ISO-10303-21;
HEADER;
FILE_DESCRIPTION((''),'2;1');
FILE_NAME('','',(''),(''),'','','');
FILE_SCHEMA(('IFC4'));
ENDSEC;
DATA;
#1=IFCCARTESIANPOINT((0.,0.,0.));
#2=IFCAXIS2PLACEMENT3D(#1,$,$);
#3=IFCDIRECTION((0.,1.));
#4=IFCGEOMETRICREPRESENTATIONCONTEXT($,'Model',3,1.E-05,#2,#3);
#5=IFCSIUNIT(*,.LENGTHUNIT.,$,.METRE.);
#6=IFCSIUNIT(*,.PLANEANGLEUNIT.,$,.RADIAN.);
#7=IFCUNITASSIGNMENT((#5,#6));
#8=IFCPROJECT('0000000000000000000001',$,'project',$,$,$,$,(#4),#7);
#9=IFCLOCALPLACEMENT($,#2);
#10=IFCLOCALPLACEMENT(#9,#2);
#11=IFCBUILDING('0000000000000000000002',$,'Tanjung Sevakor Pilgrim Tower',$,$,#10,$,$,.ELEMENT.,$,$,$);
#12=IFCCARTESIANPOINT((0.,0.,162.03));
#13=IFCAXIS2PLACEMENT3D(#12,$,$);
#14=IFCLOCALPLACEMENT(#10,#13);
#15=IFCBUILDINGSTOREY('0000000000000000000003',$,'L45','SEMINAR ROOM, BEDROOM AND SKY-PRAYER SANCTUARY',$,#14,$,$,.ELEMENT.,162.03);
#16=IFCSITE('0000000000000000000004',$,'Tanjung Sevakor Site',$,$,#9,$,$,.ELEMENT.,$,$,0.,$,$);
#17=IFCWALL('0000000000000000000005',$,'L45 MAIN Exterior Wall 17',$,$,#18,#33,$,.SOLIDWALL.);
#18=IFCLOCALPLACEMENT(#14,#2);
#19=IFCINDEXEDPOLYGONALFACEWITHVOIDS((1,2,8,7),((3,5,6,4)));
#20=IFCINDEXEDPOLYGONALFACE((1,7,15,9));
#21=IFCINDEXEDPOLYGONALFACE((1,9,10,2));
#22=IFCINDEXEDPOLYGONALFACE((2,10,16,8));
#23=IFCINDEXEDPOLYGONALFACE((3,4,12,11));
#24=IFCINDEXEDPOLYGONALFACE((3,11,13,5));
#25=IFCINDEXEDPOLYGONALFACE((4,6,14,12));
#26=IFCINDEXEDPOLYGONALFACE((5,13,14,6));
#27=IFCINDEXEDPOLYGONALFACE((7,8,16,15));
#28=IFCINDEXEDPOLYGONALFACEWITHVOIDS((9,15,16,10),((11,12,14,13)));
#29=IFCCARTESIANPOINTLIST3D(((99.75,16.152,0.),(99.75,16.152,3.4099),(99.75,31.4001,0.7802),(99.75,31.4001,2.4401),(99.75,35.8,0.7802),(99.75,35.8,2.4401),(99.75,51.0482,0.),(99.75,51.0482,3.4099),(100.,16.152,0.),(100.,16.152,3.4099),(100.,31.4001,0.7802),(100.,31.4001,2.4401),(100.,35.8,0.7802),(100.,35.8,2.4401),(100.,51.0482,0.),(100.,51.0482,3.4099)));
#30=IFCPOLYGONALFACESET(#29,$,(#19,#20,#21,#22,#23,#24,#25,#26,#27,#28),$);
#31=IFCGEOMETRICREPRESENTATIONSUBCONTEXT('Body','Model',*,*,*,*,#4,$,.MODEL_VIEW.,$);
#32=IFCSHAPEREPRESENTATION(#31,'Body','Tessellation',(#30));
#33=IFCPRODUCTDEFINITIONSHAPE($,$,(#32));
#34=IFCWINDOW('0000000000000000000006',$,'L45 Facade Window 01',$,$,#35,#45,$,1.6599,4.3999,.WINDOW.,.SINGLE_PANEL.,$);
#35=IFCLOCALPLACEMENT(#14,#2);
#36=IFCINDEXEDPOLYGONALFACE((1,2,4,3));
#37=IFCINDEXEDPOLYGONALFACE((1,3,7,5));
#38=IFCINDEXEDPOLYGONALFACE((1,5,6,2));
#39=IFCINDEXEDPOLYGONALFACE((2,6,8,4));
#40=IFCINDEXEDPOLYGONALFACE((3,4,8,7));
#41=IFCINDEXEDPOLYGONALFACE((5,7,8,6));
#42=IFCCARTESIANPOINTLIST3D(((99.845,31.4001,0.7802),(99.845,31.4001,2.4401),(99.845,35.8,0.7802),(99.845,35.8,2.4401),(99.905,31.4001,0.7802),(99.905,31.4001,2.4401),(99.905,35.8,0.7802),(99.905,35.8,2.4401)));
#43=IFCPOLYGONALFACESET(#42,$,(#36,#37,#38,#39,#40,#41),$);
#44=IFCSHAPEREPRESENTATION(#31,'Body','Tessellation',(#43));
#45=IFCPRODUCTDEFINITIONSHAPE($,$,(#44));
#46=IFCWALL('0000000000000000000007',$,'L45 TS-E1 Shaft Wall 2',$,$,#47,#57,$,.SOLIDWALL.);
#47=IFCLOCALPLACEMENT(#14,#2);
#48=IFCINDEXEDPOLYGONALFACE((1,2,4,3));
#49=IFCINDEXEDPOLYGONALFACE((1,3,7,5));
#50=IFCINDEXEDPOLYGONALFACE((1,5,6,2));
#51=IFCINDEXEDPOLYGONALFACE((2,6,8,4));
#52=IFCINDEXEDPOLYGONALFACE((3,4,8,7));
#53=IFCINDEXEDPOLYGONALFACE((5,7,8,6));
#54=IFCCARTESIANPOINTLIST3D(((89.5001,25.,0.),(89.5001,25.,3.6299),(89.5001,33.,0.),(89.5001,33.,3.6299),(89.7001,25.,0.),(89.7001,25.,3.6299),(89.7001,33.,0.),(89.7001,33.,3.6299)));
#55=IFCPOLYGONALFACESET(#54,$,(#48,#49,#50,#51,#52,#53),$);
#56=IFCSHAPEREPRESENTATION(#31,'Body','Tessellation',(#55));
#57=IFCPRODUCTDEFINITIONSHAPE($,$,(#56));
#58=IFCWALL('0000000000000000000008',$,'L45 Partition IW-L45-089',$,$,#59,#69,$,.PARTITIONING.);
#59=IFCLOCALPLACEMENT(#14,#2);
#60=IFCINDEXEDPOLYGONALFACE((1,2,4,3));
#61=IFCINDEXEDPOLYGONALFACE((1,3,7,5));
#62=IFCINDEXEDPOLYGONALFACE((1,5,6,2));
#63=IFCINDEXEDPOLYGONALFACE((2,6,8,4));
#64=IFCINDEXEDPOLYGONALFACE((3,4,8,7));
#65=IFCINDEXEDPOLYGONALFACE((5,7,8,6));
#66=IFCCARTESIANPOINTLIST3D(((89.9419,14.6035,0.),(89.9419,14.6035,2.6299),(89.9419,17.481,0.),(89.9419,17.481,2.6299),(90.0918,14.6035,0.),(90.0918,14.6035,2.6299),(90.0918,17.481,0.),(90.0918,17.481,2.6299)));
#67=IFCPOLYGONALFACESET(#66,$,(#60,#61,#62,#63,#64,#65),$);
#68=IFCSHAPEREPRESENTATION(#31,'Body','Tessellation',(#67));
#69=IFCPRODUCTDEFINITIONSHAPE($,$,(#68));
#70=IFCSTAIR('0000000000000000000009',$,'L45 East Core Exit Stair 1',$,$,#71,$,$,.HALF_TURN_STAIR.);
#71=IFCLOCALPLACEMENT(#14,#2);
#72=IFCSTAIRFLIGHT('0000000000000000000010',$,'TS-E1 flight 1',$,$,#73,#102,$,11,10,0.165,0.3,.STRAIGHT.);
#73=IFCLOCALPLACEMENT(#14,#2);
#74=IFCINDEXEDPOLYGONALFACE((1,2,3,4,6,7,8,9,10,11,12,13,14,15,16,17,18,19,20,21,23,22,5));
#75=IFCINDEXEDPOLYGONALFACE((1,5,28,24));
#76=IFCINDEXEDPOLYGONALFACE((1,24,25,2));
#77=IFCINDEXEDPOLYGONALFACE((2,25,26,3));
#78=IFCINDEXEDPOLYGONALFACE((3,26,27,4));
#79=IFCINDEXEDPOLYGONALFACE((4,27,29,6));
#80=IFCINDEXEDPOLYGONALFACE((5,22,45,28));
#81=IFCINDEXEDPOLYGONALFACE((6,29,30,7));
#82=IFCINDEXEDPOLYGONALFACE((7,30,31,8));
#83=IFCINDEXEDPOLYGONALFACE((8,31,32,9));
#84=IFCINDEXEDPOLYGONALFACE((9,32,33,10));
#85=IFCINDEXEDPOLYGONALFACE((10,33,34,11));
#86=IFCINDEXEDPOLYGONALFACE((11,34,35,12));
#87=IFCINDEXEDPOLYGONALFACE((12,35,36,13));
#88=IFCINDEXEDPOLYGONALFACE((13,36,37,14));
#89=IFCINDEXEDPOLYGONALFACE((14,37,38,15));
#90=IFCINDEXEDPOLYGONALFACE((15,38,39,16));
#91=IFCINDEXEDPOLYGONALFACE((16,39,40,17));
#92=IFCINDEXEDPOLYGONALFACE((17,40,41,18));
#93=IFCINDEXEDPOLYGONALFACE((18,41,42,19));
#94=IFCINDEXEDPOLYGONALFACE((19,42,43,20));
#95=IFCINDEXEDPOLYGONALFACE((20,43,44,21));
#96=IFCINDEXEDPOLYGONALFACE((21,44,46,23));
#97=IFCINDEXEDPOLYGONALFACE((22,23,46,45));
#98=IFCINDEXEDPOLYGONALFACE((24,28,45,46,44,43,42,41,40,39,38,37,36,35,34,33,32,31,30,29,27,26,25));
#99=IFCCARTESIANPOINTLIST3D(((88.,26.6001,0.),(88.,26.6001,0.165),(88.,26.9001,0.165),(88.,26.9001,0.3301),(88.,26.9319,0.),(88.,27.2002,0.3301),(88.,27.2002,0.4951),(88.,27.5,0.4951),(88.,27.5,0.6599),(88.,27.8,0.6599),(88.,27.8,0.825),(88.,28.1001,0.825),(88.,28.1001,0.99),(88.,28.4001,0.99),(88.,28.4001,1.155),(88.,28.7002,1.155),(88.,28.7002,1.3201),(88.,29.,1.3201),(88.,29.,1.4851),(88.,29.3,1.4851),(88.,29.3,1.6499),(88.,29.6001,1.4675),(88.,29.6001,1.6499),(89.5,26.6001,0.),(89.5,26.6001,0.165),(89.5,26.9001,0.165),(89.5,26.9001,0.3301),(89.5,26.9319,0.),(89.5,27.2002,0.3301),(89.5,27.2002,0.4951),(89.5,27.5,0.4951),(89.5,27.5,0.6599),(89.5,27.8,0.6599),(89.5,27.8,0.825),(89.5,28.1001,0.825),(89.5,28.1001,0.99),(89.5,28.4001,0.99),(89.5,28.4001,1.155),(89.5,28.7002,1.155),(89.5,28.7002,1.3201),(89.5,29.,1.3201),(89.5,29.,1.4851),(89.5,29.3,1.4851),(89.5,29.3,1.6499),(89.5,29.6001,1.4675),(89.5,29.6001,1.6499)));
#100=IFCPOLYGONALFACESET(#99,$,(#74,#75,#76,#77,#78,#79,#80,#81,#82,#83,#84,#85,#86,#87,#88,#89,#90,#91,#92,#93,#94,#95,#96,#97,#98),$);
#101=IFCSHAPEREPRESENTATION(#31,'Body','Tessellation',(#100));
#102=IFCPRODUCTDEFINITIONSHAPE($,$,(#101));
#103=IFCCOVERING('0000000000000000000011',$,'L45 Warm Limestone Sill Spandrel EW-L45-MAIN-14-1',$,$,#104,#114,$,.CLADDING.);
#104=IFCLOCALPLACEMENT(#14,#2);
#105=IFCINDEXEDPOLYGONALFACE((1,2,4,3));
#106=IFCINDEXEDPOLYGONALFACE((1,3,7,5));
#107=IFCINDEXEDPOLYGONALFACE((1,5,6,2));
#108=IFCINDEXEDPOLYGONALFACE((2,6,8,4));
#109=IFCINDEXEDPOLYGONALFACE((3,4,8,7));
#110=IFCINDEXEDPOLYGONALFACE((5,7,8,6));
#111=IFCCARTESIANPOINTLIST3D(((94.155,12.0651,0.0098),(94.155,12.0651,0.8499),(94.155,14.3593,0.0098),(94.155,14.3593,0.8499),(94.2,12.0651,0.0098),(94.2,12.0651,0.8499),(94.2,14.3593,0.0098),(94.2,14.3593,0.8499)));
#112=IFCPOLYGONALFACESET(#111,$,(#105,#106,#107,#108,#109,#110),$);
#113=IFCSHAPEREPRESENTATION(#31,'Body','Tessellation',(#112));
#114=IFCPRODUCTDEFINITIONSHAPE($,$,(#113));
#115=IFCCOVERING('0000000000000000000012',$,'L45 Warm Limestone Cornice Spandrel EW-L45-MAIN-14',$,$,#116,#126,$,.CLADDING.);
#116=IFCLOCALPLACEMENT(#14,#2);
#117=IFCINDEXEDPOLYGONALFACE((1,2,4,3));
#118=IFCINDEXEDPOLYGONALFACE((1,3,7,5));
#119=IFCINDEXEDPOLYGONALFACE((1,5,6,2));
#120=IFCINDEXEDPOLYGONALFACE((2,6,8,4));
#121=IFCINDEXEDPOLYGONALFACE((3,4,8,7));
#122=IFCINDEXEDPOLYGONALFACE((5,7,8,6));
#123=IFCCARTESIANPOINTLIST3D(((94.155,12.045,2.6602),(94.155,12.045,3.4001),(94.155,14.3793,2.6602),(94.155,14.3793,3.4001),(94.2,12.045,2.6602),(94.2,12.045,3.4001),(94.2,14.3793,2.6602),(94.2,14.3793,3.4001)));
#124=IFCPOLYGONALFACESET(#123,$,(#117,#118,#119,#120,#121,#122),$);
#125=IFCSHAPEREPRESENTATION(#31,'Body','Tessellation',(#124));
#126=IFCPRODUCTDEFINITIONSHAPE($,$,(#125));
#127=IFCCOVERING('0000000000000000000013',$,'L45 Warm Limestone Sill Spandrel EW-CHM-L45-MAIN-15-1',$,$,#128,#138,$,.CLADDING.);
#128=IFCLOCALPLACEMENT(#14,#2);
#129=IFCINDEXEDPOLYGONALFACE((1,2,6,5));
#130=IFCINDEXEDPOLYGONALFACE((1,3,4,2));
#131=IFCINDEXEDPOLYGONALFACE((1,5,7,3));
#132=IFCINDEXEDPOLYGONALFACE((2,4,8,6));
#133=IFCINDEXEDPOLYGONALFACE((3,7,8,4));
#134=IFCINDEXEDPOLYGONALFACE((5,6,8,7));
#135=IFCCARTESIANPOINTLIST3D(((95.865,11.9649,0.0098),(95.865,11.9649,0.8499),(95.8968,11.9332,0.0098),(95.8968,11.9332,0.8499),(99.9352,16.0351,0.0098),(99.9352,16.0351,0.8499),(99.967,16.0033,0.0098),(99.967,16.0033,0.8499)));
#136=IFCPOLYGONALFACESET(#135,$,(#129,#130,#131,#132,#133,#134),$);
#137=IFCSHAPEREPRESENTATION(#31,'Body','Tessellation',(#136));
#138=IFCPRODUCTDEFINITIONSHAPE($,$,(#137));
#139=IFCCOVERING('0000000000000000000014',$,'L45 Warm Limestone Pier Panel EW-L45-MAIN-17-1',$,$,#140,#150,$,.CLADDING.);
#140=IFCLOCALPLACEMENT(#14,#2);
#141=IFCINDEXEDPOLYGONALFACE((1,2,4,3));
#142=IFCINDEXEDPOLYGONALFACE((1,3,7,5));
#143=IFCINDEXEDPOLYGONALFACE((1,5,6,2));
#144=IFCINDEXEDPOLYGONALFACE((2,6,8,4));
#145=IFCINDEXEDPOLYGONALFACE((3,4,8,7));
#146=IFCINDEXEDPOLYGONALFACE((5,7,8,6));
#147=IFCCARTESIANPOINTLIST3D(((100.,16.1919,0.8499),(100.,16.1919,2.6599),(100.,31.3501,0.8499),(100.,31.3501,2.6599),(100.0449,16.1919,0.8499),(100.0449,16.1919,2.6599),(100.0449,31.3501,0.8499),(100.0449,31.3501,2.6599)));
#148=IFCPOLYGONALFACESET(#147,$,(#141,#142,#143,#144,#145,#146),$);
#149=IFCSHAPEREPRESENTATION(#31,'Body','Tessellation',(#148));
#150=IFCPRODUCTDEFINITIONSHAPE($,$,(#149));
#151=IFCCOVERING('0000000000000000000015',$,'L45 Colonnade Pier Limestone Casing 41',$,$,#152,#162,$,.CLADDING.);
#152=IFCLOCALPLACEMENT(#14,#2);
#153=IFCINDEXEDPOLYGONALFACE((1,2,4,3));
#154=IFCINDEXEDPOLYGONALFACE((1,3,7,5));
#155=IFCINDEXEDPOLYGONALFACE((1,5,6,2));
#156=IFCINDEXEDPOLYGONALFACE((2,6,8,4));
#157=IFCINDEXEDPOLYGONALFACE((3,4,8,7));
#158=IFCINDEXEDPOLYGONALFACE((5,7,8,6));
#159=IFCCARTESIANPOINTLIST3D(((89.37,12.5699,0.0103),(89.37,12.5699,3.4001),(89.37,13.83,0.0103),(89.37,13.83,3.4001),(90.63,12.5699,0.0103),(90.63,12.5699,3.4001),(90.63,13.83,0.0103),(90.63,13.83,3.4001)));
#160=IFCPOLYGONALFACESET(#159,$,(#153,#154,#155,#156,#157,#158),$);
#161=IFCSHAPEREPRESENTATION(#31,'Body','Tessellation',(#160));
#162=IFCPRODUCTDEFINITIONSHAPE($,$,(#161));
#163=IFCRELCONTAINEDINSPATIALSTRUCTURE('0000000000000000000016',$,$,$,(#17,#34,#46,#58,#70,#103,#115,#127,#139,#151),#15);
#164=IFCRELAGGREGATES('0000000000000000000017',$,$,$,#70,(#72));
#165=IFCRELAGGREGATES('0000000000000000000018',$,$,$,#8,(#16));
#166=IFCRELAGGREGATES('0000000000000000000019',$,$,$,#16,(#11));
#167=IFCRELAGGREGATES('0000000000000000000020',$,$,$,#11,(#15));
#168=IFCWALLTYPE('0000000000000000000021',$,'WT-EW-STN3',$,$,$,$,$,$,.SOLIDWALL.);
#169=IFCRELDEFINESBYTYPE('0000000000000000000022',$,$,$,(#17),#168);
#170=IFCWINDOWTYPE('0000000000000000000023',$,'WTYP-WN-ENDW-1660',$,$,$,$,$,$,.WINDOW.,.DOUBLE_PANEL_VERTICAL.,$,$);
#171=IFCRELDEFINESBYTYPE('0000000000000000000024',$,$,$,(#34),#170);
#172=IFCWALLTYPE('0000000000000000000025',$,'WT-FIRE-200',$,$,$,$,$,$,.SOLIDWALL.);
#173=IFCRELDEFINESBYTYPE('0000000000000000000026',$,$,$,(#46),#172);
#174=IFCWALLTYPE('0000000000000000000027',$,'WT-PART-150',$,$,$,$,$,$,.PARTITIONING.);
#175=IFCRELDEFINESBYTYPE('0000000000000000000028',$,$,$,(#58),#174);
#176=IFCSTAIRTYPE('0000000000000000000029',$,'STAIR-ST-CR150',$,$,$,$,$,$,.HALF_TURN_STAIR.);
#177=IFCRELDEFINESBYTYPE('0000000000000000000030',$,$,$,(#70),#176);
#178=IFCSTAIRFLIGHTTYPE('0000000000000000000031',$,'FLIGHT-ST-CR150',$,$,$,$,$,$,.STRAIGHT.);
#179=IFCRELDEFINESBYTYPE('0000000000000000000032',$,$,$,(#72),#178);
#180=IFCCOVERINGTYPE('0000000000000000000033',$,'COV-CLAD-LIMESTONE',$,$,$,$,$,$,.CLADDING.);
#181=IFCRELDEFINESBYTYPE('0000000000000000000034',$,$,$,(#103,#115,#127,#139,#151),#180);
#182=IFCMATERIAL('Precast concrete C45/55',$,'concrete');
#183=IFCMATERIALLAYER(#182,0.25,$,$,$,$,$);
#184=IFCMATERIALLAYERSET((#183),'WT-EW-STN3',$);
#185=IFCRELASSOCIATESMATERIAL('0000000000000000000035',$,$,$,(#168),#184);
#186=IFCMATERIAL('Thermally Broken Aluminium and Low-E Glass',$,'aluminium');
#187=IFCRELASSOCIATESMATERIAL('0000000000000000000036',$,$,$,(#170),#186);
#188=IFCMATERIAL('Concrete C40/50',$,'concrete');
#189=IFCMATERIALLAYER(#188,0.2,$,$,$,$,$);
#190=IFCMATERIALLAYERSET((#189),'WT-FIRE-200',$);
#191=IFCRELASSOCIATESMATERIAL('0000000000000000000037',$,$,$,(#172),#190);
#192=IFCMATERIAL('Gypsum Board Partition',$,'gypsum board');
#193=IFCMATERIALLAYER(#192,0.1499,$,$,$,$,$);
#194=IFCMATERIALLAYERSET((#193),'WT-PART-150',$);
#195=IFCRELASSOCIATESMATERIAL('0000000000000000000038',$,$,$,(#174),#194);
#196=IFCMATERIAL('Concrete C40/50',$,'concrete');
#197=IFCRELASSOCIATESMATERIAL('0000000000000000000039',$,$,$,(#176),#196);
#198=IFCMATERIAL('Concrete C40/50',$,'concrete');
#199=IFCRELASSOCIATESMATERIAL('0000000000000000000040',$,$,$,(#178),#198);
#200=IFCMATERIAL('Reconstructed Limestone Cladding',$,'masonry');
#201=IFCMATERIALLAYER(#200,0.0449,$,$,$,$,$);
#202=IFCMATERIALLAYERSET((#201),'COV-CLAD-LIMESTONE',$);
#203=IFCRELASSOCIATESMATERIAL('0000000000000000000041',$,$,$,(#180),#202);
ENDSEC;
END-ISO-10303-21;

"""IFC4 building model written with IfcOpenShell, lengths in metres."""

from ifc_helpers import new_model, si_unit, direction, frame, frame_2d, origin, origin_2d, place, context, subcontext, project, spatial, polyline, rectangle, outline, extrude, material, layer, layer_set, type_object, element, fill, aggregate, save


model = new_model("IFC4")

# Units and contexts
model_context = context("Model", 3, precision=1e-05, world=origin(), true_north=direction((0.0, 1.0)))
body_context = subcontext(model_context, "Body", "Model", "MODEL_VIEW")
ifc_project = project(units=[si_unit("LENGTHUNIT", "METRE"), si_unit("PLANEANGLEUNIT", "RADIAN")], contexts=[model_context])

# Site, building, storey
site_placement = place(None, origin())
site = spatial("IfcSite", under=ifc_project, at=site_placement, Name="Tanjung Sevakor Site", CompositionType="ELEMENT", RefElevation=0.0)
building_placement = place(site_placement, origin())
building = spatial("IfcBuilding", under=site, at=building_placement, Name="Tanjung Sevakor Pilgrim Tower", CompositionType="ELEMENT")
storey_placement = place(building_placement, frame((0.0, 0.0, 162.03)))
storey = spatial("IfcBuildingStorey", under=building, at=storey_placement, Name="L45", Description="SEMINAR ROOM, BEDROOM AND SKY-PRAYER SANCTUARY", CompositionType="ELEMENT", Elevation=162.03)

# Wall, opening, window
ifc_material_1 = material(Name="Precast concrete C45/55", Category="concrete")
ifc_layer_1 = layer(ifc_material_1, 0.25)
ifc_layer_set_1 = layer_set([ifc_layer_1], Name="WT-EW-STN3")
wall_type_1 = type_object("IfcWallType", Name="WT-EW-STN3", PredefinedType="SOLIDWALL", material=ifc_layer_set_1)
wall_1_placement = place(storey_placement, frame((99.875, 16.1519, 0.0), z_axis=(0.0, 0.0, 1.0), x_axis=(0.0, 1.0, 0.0)))
wall_1 = element("IfcWall", 1, at=wall_1_placement, inside=storey, type_object=wall_type_1, Name="L45 MAIN Exterior Wall 17", PredefinedType="SOLIDWALL", context=body_context, shape_type="SweptSolid", body=[
    extrude(rectangle(XDim=34.8962, YDim=0.25, at=frame_2d((17.4482, 0.0))), origin(), (0.0, 0.0, 1.0), 3.4099),
])
opening_1_placement = place(wall_1_placement, frame((15.2483, 0.0, 0.78)))
opening_1 = element("IfcOpeningElement", 2, at=opening_1_placement, cuts=wall_1, PredefinedType="OPENING", context=body_context, shape_type="SweptSolid", body=[
    extrude(rectangle(XDim=4.3999, YDim=1.6599, at=frame_2d((2.2, 0.8301))), frame((0.0, 0.135, 0.0), z_axis=(0.0, -1.0, 0.0), x_axis=(1.0, 0.0, 0.0)), (0.0, 0.0, 1.0), 0.27),
])
ifc_material_2 = material(Name="Thermally Broken Aluminium and Low-E Glass", Category="aluminium")
window_type_1 = type_object("IfcWindowType", Name="WTYP-WN-ENDW-1660", PartitioningType="DOUBLE_PANEL_VERTICAL", PredefinedType="WINDOW", material=ifc_material_2)
window_1_placement = place(opening_1_placement, origin())
window_1 = element("IfcWindow", 3, at=window_1_placement, inside=storey, type_object=window_type_1, Name="L45 Facade Window 01", OverallHeight=1.6599, OverallWidth=4.3999, PartitioningType="SINGLE_PANEL", PredefinedType="WINDOW", context=body_context, shape_type="SweptSolid", body=[
    extrude(rectangle(XDim=4.3999, YDim=1.6599, at=frame_2d((2.2, 0.8301))), frame((0.0, 0.03, 0.0), z_axis=(0.0, -1.0, 0.0), x_axis=(1.0, 0.0, 0.0)), (0.0, 0.0, 1.0), 0.0601),
])
fill(opening_1, window_1)

# Walls
ifc_material_3 = material(Name="Concrete C40/50", Category="concrete")
ifc_layer_2 = layer(ifc_material_3, 0.2)
ifc_layer_set_2 = layer_set([ifc_layer_2], Name="WT-FIRE-200")
wall_type_2 = type_object("IfcWallType", Name="WT-FIRE-200", PredefinedType="SOLIDWALL", material=ifc_layer_set_2)
wall_2_placement = place(storey_placement, frame((89.6001, 25.0, 0.0), z_axis=(0.0, 0.0, 1.0), x_axis=(0.0, 1.0, 0.0)))
element("IfcWall", 4, at=wall_2_placement, inside=storey, type_object=wall_type_2, Name="L45 TS-E1 Shaft Wall 2", PredefinedType="SOLIDWALL", context=body_context, shape_type="SweptSolid", body=[
    extrude(rectangle(XDim=8.0, YDim=0.2, at=frame_2d((4.0, 0.0))), origin(), (0.0, 0.0, 1.0), 3.6299),
])
ifc_material_4 = material(Name="Gypsum Board Partition", Category="gypsum board")
ifc_layer_3 = layer(ifc_material_4, 0.1499)
ifc_layer_set_3 = layer_set([ifc_layer_3], Name="WT-PART-150")
wall_type_3 = type_object("IfcWallType", Name="WT-PART-150", PredefinedType="PARTITIONING", material=ifc_layer_set_3)
wall_3_placement = place(storey_placement, frame((90.0168, 14.6035, 0.0), z_axis=(0.0, 0.0, 1.0), x_axis=(0.0, 1.0, 0.0)))
element("IfcWall", 5, at=wall_3_placement, inside=storey, type_object=wall_type_3, Name="L45 Partition IW-L45-089", PredefinedType="PARTITIONING", context=body_context, shape_type="SweptSolid", body=[
    extrude(rectangle(XDim=2.8774, YDim=0.1499, at=frame_2d((1.4387, 0.0))), origin(), (0.0, 0.0, 1.0), 2.6299),
])

# Stair, stair flight
ifc_material_5 = material(Name="Concrete C40/50", Category="concrete")
stair_type = type_object("IfcStairType", Name="STAIR-ST-CR150", PredefinedType="HALF_TURN_STAIR", material=ifc_material_5)
stair_placement = place(storey_placement, origin())
stair = element("IfcStair", 6, at=stair_placement, inside=storey, type_object=stair_type, Name="L45 East Core Exit Stair 1", PredefinedType="HALF_TURN_STAIR")
ifc_material_6 = material(Name="Concrete C40/50", Category="concrete")
stair_flight_type = type_object("IfcStairFlightType", Name="FLIGHT-ST-CR150", PredefinedType="STRAIGHT", material=ifc_material_6)
stair_flight_placement = place(storey_placement, frame((88.75, 26.6001, 0.0), z_axis=(0.0, 0.0, 1.0), x_axis=(0.0, 1.0, 0.0)))
stair_flight = element("IfcStairFlight", 7, at=stair_flight_placement, type_object=stair_flight_type, Name="TS-E1 flight 1", NumberOfRisers=11, NumberOfTreads=10, PredefinedType="STRAIGHT", RiserHeight=0.165, TreadLength=0.3, context=body_context, shape_type="SweptSolid", body=[
    extrude(outline(polyline([(0.0, 0.0), (0.0, 0.165), (0.3, 0.165), (0.3, 0.3301), (0.6001, 0.3301), (0.6001, 0.4951), (0.8999, 0.4951), (0.8999, 0.6599), (1.2, 0.6599), (1.2, 0.825), (1.5, 0.825), (1.5, 0.99), (1.8, 0.99), (1.8, 1.155), (2.1001, 1.155), (2.1001, 1.3201), (2.3999, 1.3201), (2.3999, 1.4851), (2.7, 1.4851), (2.7, 1.6499), (3.0, 1.6499), (3.0, 1.8149), (3.0, 1.4675), (0.3318, 0.0), (0.0, 0.0)])), frame((0.0, 0.75, 0.0), z_axis=(0.0, -1.0, 0.0), x_axis=(1.0, 0.0, 0.0)), (0.0, 0.0, 1.0), 1.5),
])
aggregate(stair, [stair_flight])

# Coverings
ifc_material_7 = material(Name="Reconstructed Limestone Cladding", Category="masonry")
ifc_layer_4 = layer(ifc_material_7, 0.0449)
ifc_layer_set_4 = layer_set([ifc_layer_4], Name="COV-CLAD-LIMESTONE")
covering_type = type_object("IfcCoveringType", Name="COV-CLAD-LIMESTONE", PredefinedType="CLADDING", material=ifc_layer_set_4)
covering_1_placement = place(storey_placement, frame((94.1775, 13.2122, 0.0098), z_axis=(0.0, 0.0, 1.0), x_axis=(0.0, -1.0, 0.0)))
element("IfcCovering", 8, at=covering_1_placement, inside=storey, type_object=covering_type, Name="L45 Warm Limestone Sill Spandrel EW-L45-MAIN-14-1", PredefinedType="CLADDING", context=body_context, shape_type="SweptSolid", body=[
    extrude(rectangle(XDim=2.2942, YDim=0.0449, at=origin_2d()), origin(), (0.0, 0.0, 1.0), 0.8401),
])
covering_2_placement = place(storey_placement, frame((94.1775, 13.2122, 2.6602), z_axis=(0.0, 0.0, 1.0), x_axis=(0.0, -1.0, 0.0)))
element("IfcCovering", 9, at=covering_2_placement, inside=storey, type_object=covering_type, Name="L45 Warm Limestone Cornice Spandrel EW-L45-MAIN-14", PredefinedType="CLADDING", context=body_context, shape_type="SweptSolid", body=[
    extrude(rectangle(XDim=2.3342, YDim=0.0449, at=origin_2d()), origin(), (0.0, 0.0, 1.0), 0.74),
])
covering_3_placement = place(storey_placement, frame((97.916, 13.9841, 0.0098), z_axis=(0.0, 0.0, 1.0), x_axis=(0.707107, 0.707107, 0.0)))
element("IfcCovering", 10, at=covering_3_placement, inside=storey, type_object=covering_type, Name="L45 Warm Limestone Sill Spandrel EW-CHM-L45-MAIN-15-1", PredefinedType="CLADDING", context=body_context, shape_type="SweptSolid", body=[
    extrude(rectangle(XDim=5.7561, YDim=0.0449, at=origin_2d()), origin(), (0.0, 0.0, 1.0), 0.8401),
])
covering_4_placement = place(storey_placement, frame((100.0225, 23.771, 0.8499), z_axis=(0.0, 0.0, 1.0), x_axis=(0.0, 1.0, 0.0)))
element("IfcCovering", 11, at=covering_4_placement, inside=storey, type_object=covering_type, Name="L45 Warm Limestone Pier Panel EW-L45-MAIN-17-1", PredefinedType="CLADDING", context=body_context, shape_type="SweptSolid", body=[
    extrude(rectangle(XDim=15.1582, YDim=0.0449, at=origin_2d()), origin(), (0.0, 0.0, 1.0), 1.8101),
])
covering_5_placement = place(storey_placement, frame((90.0, 13.2, 0.0103), z_axis=(0.0, 0.0, 1.0), x_axis=(1.0, 0.0, 0.0)))
element("IfcCovering", 12, at=covering_5_placement, inside=storey, type_object=covering_type, Name="L45 Colonnade Pier Limestone Casing 41", PredefinedType="CLADDING", context=body_context, shape_type="SweptSolid", body=[
    extrude(rectangle(XDim=1.26, YDim=1.26, at=origin_2d()), origin(), (0.0, 0.0, 1.0), 3.3899),
])

save(model, "model.ifc")
